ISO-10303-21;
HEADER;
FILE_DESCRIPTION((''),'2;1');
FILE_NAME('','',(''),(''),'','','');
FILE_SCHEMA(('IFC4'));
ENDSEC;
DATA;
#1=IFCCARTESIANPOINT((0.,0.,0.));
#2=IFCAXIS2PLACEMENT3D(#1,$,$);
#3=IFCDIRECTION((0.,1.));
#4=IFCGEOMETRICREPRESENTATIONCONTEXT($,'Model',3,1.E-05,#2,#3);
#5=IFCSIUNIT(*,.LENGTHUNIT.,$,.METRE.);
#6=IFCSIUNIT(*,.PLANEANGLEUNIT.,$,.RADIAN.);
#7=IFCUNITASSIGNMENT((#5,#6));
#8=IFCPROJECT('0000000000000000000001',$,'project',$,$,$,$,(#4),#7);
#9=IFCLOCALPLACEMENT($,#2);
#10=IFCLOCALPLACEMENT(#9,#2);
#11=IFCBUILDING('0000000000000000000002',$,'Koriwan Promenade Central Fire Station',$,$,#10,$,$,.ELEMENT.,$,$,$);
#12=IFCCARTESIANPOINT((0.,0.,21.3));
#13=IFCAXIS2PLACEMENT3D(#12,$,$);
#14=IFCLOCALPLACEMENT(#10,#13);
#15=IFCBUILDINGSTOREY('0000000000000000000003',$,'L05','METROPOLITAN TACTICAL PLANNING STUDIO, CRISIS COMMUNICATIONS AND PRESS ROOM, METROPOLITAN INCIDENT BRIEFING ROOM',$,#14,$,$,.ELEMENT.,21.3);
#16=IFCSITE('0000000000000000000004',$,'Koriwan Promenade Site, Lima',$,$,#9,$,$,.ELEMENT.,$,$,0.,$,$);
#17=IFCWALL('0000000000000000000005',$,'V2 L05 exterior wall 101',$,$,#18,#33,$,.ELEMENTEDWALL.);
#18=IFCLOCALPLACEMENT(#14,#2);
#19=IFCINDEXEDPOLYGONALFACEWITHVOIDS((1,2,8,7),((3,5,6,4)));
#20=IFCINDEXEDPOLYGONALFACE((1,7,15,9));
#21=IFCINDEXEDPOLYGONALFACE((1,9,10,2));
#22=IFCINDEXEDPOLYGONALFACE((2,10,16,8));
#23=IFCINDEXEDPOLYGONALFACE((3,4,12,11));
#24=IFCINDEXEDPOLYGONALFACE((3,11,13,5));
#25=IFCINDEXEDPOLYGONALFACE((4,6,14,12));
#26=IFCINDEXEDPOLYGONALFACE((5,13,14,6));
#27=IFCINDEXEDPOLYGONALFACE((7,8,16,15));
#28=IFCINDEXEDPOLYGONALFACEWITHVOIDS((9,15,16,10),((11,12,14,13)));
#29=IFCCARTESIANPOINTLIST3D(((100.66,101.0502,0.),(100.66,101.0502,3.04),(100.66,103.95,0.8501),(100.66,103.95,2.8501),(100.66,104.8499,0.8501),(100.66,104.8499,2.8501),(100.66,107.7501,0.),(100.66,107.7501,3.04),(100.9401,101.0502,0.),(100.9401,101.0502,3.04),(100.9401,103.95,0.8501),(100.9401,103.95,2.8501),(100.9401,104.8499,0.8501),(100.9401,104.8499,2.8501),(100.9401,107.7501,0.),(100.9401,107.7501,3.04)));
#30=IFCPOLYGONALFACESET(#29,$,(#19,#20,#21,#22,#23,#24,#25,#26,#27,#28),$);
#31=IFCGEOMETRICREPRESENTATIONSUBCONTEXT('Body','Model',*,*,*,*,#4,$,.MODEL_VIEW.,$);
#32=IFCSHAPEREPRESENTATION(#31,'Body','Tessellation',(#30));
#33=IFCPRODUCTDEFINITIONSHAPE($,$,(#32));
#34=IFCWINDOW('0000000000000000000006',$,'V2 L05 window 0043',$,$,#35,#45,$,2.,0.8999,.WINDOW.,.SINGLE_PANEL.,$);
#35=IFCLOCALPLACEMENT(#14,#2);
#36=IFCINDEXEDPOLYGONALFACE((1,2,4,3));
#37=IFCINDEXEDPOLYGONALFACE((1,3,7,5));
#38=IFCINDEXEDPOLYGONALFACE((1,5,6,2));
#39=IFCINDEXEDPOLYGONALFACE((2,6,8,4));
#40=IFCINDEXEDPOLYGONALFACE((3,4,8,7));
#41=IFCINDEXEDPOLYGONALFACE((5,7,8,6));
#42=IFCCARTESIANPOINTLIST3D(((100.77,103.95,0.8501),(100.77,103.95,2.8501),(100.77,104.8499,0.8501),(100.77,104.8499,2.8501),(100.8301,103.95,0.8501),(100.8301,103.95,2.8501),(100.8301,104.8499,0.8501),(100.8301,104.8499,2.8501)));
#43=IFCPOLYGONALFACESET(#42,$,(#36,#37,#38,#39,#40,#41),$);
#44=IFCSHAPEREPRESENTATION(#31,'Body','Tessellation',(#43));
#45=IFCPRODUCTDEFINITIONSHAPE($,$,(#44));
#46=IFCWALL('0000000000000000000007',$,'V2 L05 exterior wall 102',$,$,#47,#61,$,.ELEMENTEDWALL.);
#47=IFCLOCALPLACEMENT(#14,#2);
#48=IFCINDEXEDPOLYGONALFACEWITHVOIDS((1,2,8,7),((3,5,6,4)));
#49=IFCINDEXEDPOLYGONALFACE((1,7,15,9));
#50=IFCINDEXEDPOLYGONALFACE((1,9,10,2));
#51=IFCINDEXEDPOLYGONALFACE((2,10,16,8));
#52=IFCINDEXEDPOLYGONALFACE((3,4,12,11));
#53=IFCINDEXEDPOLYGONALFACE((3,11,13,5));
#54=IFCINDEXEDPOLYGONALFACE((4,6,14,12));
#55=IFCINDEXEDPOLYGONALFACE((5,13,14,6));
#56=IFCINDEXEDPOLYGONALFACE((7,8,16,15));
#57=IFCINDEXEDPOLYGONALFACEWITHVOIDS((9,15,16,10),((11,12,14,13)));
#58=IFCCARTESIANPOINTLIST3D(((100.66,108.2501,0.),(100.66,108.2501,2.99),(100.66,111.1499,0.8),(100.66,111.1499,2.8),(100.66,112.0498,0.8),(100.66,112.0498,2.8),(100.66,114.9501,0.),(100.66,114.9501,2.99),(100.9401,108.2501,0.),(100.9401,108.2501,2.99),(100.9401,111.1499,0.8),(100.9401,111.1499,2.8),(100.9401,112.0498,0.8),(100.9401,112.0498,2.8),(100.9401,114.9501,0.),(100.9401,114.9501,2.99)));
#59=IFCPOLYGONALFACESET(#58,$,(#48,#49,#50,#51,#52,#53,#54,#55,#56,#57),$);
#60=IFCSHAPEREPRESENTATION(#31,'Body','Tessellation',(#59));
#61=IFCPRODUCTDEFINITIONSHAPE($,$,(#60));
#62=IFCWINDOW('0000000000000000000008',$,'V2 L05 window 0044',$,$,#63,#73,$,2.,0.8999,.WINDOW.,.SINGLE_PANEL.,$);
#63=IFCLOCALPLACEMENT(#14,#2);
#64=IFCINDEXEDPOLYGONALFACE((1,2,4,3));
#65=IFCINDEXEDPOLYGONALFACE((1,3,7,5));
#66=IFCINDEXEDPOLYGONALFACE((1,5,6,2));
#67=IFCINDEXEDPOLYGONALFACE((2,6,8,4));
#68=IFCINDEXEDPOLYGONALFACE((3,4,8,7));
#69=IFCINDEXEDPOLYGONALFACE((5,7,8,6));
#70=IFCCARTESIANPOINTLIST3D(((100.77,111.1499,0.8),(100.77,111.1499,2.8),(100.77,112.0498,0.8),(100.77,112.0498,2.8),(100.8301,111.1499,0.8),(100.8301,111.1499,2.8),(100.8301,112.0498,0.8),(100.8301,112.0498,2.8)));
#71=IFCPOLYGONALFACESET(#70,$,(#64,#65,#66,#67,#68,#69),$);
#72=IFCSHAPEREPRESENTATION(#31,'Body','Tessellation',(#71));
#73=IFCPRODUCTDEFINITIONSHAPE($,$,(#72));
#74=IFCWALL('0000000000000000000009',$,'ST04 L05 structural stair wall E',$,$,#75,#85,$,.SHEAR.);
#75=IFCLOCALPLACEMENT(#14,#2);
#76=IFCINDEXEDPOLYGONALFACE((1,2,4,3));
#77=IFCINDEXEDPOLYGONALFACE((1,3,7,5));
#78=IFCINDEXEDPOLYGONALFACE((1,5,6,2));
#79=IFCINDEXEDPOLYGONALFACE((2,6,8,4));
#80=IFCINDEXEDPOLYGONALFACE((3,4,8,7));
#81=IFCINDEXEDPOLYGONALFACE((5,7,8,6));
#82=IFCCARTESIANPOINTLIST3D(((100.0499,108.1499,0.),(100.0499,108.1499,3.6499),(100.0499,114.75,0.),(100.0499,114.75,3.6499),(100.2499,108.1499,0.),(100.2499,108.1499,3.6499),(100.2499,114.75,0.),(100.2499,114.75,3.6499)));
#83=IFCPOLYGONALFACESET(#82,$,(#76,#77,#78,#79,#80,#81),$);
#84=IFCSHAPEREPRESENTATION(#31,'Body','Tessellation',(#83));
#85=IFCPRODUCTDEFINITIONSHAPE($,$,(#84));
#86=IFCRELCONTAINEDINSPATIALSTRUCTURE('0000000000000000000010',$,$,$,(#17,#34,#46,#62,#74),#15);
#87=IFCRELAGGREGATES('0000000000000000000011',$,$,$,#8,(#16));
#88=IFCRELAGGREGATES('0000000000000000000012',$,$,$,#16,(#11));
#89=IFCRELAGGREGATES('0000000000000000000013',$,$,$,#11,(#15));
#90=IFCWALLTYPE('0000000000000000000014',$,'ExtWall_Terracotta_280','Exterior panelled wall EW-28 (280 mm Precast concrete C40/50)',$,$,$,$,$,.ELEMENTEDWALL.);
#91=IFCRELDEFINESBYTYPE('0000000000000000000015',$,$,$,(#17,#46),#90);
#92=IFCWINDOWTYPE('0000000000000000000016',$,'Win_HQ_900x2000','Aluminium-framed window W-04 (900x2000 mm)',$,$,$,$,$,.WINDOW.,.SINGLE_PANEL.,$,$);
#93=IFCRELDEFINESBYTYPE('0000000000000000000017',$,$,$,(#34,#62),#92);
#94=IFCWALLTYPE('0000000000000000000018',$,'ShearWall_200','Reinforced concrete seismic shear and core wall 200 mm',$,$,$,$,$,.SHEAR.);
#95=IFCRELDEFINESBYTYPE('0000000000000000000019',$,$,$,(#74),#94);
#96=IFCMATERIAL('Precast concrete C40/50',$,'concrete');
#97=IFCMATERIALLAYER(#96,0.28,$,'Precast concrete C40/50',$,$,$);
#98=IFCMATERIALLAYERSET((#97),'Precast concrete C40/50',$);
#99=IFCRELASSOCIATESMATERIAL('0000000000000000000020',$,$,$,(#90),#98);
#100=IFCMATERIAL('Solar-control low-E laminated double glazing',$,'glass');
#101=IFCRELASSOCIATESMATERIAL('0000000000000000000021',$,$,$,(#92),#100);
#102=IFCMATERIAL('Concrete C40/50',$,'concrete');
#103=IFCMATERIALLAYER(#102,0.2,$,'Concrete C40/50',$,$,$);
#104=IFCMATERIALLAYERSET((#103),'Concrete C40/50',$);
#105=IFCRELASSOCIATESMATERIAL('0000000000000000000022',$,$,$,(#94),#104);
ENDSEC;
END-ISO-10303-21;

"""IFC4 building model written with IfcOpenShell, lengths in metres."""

from ifc_helpers import new_model, si_unit, direction, frame, frame_2d, origin, place, context, subcontext, project, spatial, rectangle, extrude, material, layer, layer_set, type_object, element, fill, save


model = new_model("IFC4")

# Units and contexts
model_context = context("Model", 3, precision=1e-05, world=origin(), true_north=direction((0.0, 1.0)))
body_context = subcontext(model_context, "Body", "Model", "MODEL_VIEW")
ifc_project = project(units=[si_unit("LENGTHUNIT", "METRE"), si_unit("PLANEANGLEUNIT", "RADIAN")], contexts=[model_context])

# Site, building, storey
site_placement = place(None, origin())
site = spatial("IfcSite", under=ifc_project, at=site_placement, Name="Koriwan Promenade Site, Lima", CompositionType="ELEMENT", RefElevation=0.0)
building_placement = place(site_placement, origin())
building = spatial("IfcBuilding", under=site, at=building_placement, Name="Koriwan Promenade Central Fire Station", CompositionType="ELEMENT")
storey_placement = place(building_placement, frame((0.0, 0.0, 21.3)))
storey = spatial("IfcBuildingStorey", under=building, at=storey_placement, Name="L05", Description="METROPOLITAN TACTICAL PLANNING STUDIO, CRISIS COMMUNICATIONS AND PRESS ROOM, METROPOLITAN INCIDENT BRIEFING ROOM", CompositionType="ELEMENT", Elevation=21.3)

# Shared definitions
ifc_material_1 = material(Name="Concrete C40/50", Category="concrete")

# Walls, openings, windows
ifc_material_2 = material(Name="Precast concrete C40/50", Category="concrete")
ifc_layer_1 = layer(ifc_material_2, 0.28, Name="Precast concrete C40/50")
ifc_layer_set_1 = layer_set([ifc_layer_1], Name="Precast concrete C40/50")
wall_type_1 = type_object("IfcWallType", Name="ExtWall_Terracotta_280", Description="Exterior panelled wall EW-28 (280 mm Precast concrete C40/50)", PredefinedType="ELEMENTEDWALL", material=ifc_layer_set_1)
wall_1_placement = place(storey_placement, frame((100.8, 101.05, 0.0), z_axis=(0.0, 0.0, 1.0), x_axis=(0.0, 1.0, 0.0)))
wall_1 = element("IfcWall", 1, at=wall_1_placement, inside=storey, type_object=wall_type_1, Name="V2 L05 exterior wall 101", PredefinedType="ELEMENTEDWALL", context=body_context, shape_type="SweptSolid", body=[
    extrude(rectangle(XDim=6.7, YDim=0.28, at=frame_2d((3.3501, 0.0))), origin(), (0.0, 0.0, 1.0), 3.04),
])
opening_1_placement = place(wall_1_placement, frame((2.8999, 0.0, 0.8501)))
opening_1 = element("IfcOpeningElement", 2, at=opening_1_placement, cuts=wall_1, PredefinedType="OPENING", context=body_context, shape_type="SweptSolid", body=[
    extrude(rectangle(XDim=0.8999, YDim=2.0, at=frame_2d((0.45, 1.0))), frame((0.0, 0.1519, 0.0), z_axis=(0.0, -1.0, 0.0), x_axis=(1.0, 0.0, 0.0)), (0.0, 0.0, 1.0), 0.304),
])
ifc_material_3 = material(Name="Solar-control low-E laminated double glazing", Category="glass")
window_type = type_object("IfcWindowType", Name="Win_HQ_900x2000", Description="Aluminium-framed window W-04 (900x2000 mm)", PartitioningType="SINGLE_PANEL", PredefinedType="WINDOW", material=ifc_material_3)
window_1_placement = place(opening_1_placement, origin())
window_1 = element("IfcWindow", 3, at=window_1_placement, inside=storey, type_object=window_type, Name="V2 L05 window 0043", OverallHeight=2.0, OverallWidth=0.8999, PartitioningType="SINGLE_PANEL", PredefinedType="WINDOW", context=body_context, shape_type="SweptSolid", body=[
    extrude(rectangle(XDim=0.8999, YDim=2.0, at=frame_2d((0.45, 1.0))), frame((0.0, 0.03, 0.0), z_axis=(0.0, -1.0, 0.0), x_axis=(1.0, 0.0, 0.0)), (0.0, 0.0, 1.0), 0.0601),
])
fill(opening_1, window_1)
wall_2_placement = place(storey_placement, frame((100.8, 108.25, 0.0), z_axis=(0.0, 0.0, 1.0), x_axis=(0.0, 1.0, 0.0)))
wall_2 = element("IfcWall", 4, at=wall_2_placement, inside=storey, type_object=wall_type_1, Name="V2 L05 exterior wall 102", PredefinedType="ELEMENTEDWALL", context=body_context, shape_type="SweptSolid", body=[
    extrude(rectangle(XDim=6.7, YDim=0.28, at=frame_2d((3.3501, 0.0))), origin(), (0.0, 0.0, 1.0), 2.99),
])
opening_2_placement = place(wall_2_placement, frame((2.8999, 0.0, 0.8)))
opening_2 = element("IfcOpeningElement", 5, at=opening_2_placement, cuts=wall_2, PredefinedType="OPENING", context=body_context, shape_type="SweptSolid", body=[
    extrude(rectangle(XDim=0.8999, YDim=2.0, at=frame_2d((0.45, 1.0))), frame((0.0, 0.1519, 0.0), z_axis=(0.0, -1.0, 0.0), x_axis=(1.0, 0.0, 0.0)), (0.0, 0.0, 1.0), 0.304),
])
window_2_placement = place(opening_2_placement, origin())
window_2 = element("IfcWindow", 6, at=window_2_placement, inside=storey, type_object=window_type, Name="V2 L05 window 0044", OverallHeight=2.0, OverallWidth=0.8999, PartitioningType="SINGLE_PANEL", PredefinedType="WINDOW", context=body_context, shape_type="SweptSolid", body=[
    extrude(rectangle(XDim=0.8999, YDim=2.0, at=frame_2d((0.45, 1.0))), frame((0.0, 0.03, 0.0), z_axis=(0.0, -1.0, 0.0), x_axis=(1.0, 0.0, 0.0)), (0.0, 0.0, 1.0), 0.0601),
])
fill(opening_2, window_2)

# Wall
ifc_layer_2 = layer(ifc_material_1, 0.2, Name="Concrete C40/50")
ifc_layer_set_2 = layer_set([ifc_layer_2], Name="Concrete C40/50")
wall_type_2 = type_object("IfcWallType", Name="ShearWall_200", Description="Reinforced concrete seismic shear and core wall 200 mm", PredefinedType="SHEAR", material=ifc_layer_set_2)
wall_3_placement = place(storey_placement, frame((100.1499, 108.1499, 0.0), z_axis=(0.0, 0.0, 1.0), x_axis=(0.0, 1.0, 0.0)))
element("IfcWall", 7, at=wall_3_placement, inside=storey, type_object=wall_type_2, Name="ST04 L05 structural stair wall E", PredefinedType="SHEAR", context=body_context, shape_type="SweptSolid", body=[
    extrude(rectangle(XDim=6.6001, YDim=0.2, at=frame_2d((3.3, 0.0))), origin(), (0.0, 0.0, 1.0), 3.6499),
])

save(model, "model.ifc")
